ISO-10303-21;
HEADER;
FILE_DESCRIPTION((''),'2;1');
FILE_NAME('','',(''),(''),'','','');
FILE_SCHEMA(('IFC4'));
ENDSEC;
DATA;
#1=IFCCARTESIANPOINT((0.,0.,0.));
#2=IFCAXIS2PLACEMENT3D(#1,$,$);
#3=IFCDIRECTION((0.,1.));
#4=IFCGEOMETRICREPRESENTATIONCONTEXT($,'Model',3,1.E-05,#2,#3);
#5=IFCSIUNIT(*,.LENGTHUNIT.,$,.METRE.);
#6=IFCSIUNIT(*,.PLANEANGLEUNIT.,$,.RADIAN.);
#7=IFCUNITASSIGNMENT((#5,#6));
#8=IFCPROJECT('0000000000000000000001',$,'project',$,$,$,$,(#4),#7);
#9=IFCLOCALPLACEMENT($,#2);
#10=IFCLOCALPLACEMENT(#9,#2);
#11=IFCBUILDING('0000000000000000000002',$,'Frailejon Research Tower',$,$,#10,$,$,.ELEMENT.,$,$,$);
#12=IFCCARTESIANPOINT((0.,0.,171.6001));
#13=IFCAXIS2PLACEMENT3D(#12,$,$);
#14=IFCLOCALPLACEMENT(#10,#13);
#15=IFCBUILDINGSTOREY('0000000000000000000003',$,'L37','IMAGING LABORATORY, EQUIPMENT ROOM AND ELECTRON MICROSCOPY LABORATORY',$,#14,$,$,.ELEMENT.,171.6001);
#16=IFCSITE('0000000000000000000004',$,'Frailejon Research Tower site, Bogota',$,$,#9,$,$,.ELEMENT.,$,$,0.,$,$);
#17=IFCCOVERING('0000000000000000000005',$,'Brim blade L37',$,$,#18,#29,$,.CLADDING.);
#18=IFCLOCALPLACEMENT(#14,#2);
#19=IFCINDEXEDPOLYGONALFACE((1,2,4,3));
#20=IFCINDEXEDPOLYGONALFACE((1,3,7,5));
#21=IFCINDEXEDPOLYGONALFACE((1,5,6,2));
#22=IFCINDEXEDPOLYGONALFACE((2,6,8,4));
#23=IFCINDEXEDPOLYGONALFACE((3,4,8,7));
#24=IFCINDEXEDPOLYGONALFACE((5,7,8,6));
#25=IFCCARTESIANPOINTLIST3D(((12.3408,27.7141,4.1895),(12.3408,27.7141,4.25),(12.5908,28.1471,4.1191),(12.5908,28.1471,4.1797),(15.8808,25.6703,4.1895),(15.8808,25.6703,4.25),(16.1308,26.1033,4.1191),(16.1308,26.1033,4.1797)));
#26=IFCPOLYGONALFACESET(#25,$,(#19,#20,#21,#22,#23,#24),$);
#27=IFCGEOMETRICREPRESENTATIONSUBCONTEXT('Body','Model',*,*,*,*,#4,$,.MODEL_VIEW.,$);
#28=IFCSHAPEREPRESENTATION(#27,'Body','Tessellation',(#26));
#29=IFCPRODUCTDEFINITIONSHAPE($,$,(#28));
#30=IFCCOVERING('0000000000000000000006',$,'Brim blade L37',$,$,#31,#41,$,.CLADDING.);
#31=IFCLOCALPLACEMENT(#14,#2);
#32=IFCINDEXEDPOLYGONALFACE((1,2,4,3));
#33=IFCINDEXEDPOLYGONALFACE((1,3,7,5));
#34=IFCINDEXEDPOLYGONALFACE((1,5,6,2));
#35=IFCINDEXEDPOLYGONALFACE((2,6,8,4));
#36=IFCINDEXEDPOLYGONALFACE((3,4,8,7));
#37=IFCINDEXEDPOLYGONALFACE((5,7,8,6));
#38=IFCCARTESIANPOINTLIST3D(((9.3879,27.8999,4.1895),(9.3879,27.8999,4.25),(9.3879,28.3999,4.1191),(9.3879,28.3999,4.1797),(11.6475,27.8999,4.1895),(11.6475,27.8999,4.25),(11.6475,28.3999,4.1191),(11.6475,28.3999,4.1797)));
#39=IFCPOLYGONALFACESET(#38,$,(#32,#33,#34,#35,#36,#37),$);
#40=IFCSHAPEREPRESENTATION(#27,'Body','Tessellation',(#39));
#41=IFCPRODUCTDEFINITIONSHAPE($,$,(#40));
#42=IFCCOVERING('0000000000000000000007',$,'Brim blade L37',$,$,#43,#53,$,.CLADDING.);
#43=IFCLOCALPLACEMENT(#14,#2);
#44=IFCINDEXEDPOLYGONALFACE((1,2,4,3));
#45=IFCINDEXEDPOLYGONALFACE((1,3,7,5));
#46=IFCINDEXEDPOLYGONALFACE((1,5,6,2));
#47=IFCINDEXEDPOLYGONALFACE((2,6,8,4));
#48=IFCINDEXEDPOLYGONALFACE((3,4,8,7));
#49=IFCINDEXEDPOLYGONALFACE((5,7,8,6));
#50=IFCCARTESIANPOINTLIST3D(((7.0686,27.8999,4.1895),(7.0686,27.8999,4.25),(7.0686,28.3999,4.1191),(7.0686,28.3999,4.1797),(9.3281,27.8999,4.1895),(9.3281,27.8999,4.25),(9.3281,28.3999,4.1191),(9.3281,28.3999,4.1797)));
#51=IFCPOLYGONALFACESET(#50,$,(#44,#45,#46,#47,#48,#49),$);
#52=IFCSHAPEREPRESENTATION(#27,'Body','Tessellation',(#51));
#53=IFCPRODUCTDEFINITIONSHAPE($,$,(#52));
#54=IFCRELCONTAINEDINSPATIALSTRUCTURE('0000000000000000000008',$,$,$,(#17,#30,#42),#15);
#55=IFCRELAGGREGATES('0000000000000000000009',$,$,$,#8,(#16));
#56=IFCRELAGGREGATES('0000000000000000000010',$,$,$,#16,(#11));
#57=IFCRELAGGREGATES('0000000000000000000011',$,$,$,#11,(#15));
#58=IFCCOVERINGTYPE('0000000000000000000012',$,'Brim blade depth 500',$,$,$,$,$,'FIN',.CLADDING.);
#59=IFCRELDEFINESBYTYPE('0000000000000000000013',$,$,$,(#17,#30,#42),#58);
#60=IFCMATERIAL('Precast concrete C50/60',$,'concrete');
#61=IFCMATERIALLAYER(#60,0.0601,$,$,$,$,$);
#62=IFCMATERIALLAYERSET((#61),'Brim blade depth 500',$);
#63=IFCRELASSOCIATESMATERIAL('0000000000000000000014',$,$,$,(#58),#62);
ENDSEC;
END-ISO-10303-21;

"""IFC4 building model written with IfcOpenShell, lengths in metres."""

from ifc_helpers import new_model, si_unit, direction, frame, origin, place, context, subcontext, project, spatial, polyline, outline, extrude, material, layer, layer_set, type_object, element, save


model = new_model("IFC4")

# Units and contexts
model_context = context("Model", 3, precision=1e-05, world=origin(), true_north=direction((0.0, 1.0)))
body_context = subcontext(model_context, "Body", "Model", "MODEL_VIEW")
ifc_project = project(units=[si_unit("LENGTHUNIT", "METRE"), si_unit("PLANEANGLEUNIT", "RADIAN")], contexts=[model_context])

# Site, building, storey
site_placement = place(None, origin())
site = spatial("IfcSite", under=ifc_project, at=site_placement, Name="Frailejon Research Tower site, Bogota", CompositionType="ELEMENT", RefElevation=0.0)
building_placement = place(site_placement, origin())
building = spatial("IfcBuilding", under=site, at=building_placement, Name="Frailejon Research Tower", CompositionType="ELEMENT")
storey_placement = place(building_placement, frame((0.0, 0.0, 171.6001)))
storey = spatial("IfcBuildingStorey", under=building, at=storey_placement, Name="L37", Description="IMAGING LABORATORY, EQUIPMENT ROOM AND ELECTRON MICROSCOPY LABORATORY", CompositionType="ELEMENT", Elevation=171.6001)

# Coverings
ifc_material_1 = material(Name="Precast concrete C50/60", Category="concrete")
ifc_layer_1 = layer(ifc_material_1, 0.0601)
ifc_layer_set_1 = layer_set([ifc_layer_1], Name="Brim blade depth 500")
covering_type_1 = type_object("IfcCoveringType", Name="Brim blade depth 500", ElementType="FIN", PredefinedType="CLADDING", material=ifc_layer_set_1)
covering_placement = place(storey_placement, frame((12.3408, 27.7141, 4.25), z_axis=(0.866027, -0.499997, 0.0), x_axis=(0.499997, 0.866027, 0.0)))
element("IfcCovering", 1, at=covering_placement, inside=storey, type_object=covering_type_1, Name="Brim blade L37", PredefinedType="CLADDING", context=body_context, shape_type="SweptSolid", body=[
    extrude(outline(polyline([(0.0, -0.0605), (0.5, -0.1309), (0.5, -0.0703), (0.0, 0.0), (0.0, -0.0605)])), origin(), (0.0, 0.0, 1.0), 4.0876),
])
for number, where, z_axis, x_axis, name in (
    (2, (9.3879, 27.8999, 4.25), (1.0, 0.0, 0.0), (0.0, 1.0, 0.0), "Brim blade L37"),
    (3, (7.0686, 27.8999, 4.25), (1.0, 0.0, 0.0), (0.0, 1.0, 0.0), "Brim blade L37"),
):
    element("IfcCovering", number, at=place(storey_placement, frame(where, z_axis=z_axis, x_axis=x_axis)), inside=storey, type_object=covering_type_1, Name=name, PredefinedType="CLADDING", context=body_context, shape_type="SweptSolid", body=[
        extrude(outline(polyline([(0.0, -0.0605), (0.5, -0.1309), (0.5, -0.0703), (0.0, 0.0), (0.0, -0.0605)])), origin(), (0.0, 0.0, 1.0), 2.2595),
    ])

save(model, "model.ifc")
